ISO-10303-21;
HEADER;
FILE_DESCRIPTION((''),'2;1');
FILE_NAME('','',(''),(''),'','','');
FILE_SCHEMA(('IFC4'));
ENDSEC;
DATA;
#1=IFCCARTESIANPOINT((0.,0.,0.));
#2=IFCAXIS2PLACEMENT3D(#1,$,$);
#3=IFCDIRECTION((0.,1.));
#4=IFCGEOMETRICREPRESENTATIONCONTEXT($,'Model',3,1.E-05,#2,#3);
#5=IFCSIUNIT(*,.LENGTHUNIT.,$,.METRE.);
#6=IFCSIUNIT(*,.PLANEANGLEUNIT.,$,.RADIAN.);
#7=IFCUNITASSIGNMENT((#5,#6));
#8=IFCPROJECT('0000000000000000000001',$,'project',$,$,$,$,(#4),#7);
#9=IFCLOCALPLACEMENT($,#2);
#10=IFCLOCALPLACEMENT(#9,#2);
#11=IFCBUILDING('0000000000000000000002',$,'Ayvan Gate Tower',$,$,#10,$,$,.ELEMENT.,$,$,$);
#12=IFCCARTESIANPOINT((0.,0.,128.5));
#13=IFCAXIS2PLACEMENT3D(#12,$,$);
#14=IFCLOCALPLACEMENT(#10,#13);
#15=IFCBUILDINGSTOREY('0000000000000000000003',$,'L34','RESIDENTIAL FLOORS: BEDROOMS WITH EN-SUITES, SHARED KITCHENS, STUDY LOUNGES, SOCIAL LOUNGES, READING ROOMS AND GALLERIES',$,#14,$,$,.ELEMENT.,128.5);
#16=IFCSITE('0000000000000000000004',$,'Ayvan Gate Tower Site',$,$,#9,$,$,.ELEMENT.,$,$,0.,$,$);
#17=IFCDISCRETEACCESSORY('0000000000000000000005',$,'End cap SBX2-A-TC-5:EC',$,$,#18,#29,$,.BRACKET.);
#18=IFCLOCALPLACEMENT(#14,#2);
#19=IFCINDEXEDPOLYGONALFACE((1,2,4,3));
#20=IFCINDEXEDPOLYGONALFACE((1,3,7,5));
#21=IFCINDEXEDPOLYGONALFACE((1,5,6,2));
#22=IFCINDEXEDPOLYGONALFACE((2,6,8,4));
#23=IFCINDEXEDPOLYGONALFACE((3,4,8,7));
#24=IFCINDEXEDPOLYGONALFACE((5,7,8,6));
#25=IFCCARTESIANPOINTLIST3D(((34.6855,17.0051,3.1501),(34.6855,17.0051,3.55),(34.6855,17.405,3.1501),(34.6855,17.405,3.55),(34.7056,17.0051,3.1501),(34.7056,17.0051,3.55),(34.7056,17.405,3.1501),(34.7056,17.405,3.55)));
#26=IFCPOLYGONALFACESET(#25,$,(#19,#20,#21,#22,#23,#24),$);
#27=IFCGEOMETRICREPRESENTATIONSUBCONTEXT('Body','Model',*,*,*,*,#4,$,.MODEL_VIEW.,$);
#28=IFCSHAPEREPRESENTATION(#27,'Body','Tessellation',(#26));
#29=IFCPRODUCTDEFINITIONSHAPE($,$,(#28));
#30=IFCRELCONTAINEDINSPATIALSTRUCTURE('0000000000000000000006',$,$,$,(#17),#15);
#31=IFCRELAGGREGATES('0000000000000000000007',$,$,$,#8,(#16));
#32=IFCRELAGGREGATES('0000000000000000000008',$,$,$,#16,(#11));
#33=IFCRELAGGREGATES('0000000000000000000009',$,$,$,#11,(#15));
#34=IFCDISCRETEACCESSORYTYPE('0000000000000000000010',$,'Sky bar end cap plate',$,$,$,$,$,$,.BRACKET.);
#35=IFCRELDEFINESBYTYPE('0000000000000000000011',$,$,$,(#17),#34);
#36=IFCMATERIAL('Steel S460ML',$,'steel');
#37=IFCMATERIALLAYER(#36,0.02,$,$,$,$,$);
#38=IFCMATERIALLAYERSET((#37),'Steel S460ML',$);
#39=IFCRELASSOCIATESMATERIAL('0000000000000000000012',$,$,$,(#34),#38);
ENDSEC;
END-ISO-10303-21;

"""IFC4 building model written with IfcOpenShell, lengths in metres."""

from ifc_helpers import new_model, si_unit, direction, frame, origin, origin_2d, place, context, subcontext, project, spatial, rectangle, extrude, material, layer, layer_set, type_object, element, save


model = new_model("IFC4")

# Units and contexts
model_context = context("Model", 3, precision=1e-05, world=origin(), true_north=direction((0.0, 1.0)))
body_context = subcontext(model_context, "Body", "Model", "MODEL_VIEW")
ifc_project = project(units=[si_unit("LENGTHUNIT", "METRE"), si_unit("PLANEANGLEUNIT", "RADIAN")], contexts=[model_context])

# Site, building, storey
site_placement = place(None, origin())
site = spatial("IfcSite", under=ifc_project, at=site_placement, Name="Ayvan Gate Tower Site", CompositionType="ELEMENT", RefElevation=0.0)
building_placement = place(site_placement, origin())
building = spatial("IfcBuilding", under=site, at=building_placement, Name="Ayvan Gate Tower", CompositionType="ELEMENT")
storey_placement = place(building_placement, frame((0.0, 0.0, 128.5)))
storey = spatial("IfcBuildingStorey", under=building, at=storey_placement, Name="L34", Description="RESIDENTIAL FLOORS: BEDROOMS WITH EN-SUITES, SHARED KITCHENS, STUDY LOUNGES, SOCIAL LOUNGES, READING ROOMS AND GALLERIES", CompositionType="ELEMENT", Elevation=128.5)

# Shared definitions
ifc_material_1 = material(Name="Steel S460ML", Category="steel")

# Discrete accessory
ifc_layer_1 = layer(ifc_material_1, 0.02)
ifc_layer_set_1 = layer_set([ifc_layer_1], Name="Steel S460ML")
discrete_accessory_type_1 = type_object("IfcDiscreteAccessoryType", Name="Sky bar end cap plate", PredefinedType="BRACKET", material=ifc_layer_set_1)
discrete_accessory_1_placement = place(storey_placement, frame((34.6956, 17.2051, 3.1501), z_axis=(0.0, 0.0, 1.0), x_axis=(1.0, 0.0, 0.0)))
element("IfcDiscreteAccessory", 1, at=discrete_accessory_1_placement, inside=storey, type_object=discrete_accessory_type_1, Name="End cap SBX2-A-TC-5:EC", PredefinedType="BRACKET", context=body_context, shape_type="SweptSolid", body=[
    extrude(rectangle(XDim=0.02, YDim=0.3999, at=origin_2d()), origin(), (0.0, 0.0, 1.0), 0.3999),
])

save(model, "model.ifc")
